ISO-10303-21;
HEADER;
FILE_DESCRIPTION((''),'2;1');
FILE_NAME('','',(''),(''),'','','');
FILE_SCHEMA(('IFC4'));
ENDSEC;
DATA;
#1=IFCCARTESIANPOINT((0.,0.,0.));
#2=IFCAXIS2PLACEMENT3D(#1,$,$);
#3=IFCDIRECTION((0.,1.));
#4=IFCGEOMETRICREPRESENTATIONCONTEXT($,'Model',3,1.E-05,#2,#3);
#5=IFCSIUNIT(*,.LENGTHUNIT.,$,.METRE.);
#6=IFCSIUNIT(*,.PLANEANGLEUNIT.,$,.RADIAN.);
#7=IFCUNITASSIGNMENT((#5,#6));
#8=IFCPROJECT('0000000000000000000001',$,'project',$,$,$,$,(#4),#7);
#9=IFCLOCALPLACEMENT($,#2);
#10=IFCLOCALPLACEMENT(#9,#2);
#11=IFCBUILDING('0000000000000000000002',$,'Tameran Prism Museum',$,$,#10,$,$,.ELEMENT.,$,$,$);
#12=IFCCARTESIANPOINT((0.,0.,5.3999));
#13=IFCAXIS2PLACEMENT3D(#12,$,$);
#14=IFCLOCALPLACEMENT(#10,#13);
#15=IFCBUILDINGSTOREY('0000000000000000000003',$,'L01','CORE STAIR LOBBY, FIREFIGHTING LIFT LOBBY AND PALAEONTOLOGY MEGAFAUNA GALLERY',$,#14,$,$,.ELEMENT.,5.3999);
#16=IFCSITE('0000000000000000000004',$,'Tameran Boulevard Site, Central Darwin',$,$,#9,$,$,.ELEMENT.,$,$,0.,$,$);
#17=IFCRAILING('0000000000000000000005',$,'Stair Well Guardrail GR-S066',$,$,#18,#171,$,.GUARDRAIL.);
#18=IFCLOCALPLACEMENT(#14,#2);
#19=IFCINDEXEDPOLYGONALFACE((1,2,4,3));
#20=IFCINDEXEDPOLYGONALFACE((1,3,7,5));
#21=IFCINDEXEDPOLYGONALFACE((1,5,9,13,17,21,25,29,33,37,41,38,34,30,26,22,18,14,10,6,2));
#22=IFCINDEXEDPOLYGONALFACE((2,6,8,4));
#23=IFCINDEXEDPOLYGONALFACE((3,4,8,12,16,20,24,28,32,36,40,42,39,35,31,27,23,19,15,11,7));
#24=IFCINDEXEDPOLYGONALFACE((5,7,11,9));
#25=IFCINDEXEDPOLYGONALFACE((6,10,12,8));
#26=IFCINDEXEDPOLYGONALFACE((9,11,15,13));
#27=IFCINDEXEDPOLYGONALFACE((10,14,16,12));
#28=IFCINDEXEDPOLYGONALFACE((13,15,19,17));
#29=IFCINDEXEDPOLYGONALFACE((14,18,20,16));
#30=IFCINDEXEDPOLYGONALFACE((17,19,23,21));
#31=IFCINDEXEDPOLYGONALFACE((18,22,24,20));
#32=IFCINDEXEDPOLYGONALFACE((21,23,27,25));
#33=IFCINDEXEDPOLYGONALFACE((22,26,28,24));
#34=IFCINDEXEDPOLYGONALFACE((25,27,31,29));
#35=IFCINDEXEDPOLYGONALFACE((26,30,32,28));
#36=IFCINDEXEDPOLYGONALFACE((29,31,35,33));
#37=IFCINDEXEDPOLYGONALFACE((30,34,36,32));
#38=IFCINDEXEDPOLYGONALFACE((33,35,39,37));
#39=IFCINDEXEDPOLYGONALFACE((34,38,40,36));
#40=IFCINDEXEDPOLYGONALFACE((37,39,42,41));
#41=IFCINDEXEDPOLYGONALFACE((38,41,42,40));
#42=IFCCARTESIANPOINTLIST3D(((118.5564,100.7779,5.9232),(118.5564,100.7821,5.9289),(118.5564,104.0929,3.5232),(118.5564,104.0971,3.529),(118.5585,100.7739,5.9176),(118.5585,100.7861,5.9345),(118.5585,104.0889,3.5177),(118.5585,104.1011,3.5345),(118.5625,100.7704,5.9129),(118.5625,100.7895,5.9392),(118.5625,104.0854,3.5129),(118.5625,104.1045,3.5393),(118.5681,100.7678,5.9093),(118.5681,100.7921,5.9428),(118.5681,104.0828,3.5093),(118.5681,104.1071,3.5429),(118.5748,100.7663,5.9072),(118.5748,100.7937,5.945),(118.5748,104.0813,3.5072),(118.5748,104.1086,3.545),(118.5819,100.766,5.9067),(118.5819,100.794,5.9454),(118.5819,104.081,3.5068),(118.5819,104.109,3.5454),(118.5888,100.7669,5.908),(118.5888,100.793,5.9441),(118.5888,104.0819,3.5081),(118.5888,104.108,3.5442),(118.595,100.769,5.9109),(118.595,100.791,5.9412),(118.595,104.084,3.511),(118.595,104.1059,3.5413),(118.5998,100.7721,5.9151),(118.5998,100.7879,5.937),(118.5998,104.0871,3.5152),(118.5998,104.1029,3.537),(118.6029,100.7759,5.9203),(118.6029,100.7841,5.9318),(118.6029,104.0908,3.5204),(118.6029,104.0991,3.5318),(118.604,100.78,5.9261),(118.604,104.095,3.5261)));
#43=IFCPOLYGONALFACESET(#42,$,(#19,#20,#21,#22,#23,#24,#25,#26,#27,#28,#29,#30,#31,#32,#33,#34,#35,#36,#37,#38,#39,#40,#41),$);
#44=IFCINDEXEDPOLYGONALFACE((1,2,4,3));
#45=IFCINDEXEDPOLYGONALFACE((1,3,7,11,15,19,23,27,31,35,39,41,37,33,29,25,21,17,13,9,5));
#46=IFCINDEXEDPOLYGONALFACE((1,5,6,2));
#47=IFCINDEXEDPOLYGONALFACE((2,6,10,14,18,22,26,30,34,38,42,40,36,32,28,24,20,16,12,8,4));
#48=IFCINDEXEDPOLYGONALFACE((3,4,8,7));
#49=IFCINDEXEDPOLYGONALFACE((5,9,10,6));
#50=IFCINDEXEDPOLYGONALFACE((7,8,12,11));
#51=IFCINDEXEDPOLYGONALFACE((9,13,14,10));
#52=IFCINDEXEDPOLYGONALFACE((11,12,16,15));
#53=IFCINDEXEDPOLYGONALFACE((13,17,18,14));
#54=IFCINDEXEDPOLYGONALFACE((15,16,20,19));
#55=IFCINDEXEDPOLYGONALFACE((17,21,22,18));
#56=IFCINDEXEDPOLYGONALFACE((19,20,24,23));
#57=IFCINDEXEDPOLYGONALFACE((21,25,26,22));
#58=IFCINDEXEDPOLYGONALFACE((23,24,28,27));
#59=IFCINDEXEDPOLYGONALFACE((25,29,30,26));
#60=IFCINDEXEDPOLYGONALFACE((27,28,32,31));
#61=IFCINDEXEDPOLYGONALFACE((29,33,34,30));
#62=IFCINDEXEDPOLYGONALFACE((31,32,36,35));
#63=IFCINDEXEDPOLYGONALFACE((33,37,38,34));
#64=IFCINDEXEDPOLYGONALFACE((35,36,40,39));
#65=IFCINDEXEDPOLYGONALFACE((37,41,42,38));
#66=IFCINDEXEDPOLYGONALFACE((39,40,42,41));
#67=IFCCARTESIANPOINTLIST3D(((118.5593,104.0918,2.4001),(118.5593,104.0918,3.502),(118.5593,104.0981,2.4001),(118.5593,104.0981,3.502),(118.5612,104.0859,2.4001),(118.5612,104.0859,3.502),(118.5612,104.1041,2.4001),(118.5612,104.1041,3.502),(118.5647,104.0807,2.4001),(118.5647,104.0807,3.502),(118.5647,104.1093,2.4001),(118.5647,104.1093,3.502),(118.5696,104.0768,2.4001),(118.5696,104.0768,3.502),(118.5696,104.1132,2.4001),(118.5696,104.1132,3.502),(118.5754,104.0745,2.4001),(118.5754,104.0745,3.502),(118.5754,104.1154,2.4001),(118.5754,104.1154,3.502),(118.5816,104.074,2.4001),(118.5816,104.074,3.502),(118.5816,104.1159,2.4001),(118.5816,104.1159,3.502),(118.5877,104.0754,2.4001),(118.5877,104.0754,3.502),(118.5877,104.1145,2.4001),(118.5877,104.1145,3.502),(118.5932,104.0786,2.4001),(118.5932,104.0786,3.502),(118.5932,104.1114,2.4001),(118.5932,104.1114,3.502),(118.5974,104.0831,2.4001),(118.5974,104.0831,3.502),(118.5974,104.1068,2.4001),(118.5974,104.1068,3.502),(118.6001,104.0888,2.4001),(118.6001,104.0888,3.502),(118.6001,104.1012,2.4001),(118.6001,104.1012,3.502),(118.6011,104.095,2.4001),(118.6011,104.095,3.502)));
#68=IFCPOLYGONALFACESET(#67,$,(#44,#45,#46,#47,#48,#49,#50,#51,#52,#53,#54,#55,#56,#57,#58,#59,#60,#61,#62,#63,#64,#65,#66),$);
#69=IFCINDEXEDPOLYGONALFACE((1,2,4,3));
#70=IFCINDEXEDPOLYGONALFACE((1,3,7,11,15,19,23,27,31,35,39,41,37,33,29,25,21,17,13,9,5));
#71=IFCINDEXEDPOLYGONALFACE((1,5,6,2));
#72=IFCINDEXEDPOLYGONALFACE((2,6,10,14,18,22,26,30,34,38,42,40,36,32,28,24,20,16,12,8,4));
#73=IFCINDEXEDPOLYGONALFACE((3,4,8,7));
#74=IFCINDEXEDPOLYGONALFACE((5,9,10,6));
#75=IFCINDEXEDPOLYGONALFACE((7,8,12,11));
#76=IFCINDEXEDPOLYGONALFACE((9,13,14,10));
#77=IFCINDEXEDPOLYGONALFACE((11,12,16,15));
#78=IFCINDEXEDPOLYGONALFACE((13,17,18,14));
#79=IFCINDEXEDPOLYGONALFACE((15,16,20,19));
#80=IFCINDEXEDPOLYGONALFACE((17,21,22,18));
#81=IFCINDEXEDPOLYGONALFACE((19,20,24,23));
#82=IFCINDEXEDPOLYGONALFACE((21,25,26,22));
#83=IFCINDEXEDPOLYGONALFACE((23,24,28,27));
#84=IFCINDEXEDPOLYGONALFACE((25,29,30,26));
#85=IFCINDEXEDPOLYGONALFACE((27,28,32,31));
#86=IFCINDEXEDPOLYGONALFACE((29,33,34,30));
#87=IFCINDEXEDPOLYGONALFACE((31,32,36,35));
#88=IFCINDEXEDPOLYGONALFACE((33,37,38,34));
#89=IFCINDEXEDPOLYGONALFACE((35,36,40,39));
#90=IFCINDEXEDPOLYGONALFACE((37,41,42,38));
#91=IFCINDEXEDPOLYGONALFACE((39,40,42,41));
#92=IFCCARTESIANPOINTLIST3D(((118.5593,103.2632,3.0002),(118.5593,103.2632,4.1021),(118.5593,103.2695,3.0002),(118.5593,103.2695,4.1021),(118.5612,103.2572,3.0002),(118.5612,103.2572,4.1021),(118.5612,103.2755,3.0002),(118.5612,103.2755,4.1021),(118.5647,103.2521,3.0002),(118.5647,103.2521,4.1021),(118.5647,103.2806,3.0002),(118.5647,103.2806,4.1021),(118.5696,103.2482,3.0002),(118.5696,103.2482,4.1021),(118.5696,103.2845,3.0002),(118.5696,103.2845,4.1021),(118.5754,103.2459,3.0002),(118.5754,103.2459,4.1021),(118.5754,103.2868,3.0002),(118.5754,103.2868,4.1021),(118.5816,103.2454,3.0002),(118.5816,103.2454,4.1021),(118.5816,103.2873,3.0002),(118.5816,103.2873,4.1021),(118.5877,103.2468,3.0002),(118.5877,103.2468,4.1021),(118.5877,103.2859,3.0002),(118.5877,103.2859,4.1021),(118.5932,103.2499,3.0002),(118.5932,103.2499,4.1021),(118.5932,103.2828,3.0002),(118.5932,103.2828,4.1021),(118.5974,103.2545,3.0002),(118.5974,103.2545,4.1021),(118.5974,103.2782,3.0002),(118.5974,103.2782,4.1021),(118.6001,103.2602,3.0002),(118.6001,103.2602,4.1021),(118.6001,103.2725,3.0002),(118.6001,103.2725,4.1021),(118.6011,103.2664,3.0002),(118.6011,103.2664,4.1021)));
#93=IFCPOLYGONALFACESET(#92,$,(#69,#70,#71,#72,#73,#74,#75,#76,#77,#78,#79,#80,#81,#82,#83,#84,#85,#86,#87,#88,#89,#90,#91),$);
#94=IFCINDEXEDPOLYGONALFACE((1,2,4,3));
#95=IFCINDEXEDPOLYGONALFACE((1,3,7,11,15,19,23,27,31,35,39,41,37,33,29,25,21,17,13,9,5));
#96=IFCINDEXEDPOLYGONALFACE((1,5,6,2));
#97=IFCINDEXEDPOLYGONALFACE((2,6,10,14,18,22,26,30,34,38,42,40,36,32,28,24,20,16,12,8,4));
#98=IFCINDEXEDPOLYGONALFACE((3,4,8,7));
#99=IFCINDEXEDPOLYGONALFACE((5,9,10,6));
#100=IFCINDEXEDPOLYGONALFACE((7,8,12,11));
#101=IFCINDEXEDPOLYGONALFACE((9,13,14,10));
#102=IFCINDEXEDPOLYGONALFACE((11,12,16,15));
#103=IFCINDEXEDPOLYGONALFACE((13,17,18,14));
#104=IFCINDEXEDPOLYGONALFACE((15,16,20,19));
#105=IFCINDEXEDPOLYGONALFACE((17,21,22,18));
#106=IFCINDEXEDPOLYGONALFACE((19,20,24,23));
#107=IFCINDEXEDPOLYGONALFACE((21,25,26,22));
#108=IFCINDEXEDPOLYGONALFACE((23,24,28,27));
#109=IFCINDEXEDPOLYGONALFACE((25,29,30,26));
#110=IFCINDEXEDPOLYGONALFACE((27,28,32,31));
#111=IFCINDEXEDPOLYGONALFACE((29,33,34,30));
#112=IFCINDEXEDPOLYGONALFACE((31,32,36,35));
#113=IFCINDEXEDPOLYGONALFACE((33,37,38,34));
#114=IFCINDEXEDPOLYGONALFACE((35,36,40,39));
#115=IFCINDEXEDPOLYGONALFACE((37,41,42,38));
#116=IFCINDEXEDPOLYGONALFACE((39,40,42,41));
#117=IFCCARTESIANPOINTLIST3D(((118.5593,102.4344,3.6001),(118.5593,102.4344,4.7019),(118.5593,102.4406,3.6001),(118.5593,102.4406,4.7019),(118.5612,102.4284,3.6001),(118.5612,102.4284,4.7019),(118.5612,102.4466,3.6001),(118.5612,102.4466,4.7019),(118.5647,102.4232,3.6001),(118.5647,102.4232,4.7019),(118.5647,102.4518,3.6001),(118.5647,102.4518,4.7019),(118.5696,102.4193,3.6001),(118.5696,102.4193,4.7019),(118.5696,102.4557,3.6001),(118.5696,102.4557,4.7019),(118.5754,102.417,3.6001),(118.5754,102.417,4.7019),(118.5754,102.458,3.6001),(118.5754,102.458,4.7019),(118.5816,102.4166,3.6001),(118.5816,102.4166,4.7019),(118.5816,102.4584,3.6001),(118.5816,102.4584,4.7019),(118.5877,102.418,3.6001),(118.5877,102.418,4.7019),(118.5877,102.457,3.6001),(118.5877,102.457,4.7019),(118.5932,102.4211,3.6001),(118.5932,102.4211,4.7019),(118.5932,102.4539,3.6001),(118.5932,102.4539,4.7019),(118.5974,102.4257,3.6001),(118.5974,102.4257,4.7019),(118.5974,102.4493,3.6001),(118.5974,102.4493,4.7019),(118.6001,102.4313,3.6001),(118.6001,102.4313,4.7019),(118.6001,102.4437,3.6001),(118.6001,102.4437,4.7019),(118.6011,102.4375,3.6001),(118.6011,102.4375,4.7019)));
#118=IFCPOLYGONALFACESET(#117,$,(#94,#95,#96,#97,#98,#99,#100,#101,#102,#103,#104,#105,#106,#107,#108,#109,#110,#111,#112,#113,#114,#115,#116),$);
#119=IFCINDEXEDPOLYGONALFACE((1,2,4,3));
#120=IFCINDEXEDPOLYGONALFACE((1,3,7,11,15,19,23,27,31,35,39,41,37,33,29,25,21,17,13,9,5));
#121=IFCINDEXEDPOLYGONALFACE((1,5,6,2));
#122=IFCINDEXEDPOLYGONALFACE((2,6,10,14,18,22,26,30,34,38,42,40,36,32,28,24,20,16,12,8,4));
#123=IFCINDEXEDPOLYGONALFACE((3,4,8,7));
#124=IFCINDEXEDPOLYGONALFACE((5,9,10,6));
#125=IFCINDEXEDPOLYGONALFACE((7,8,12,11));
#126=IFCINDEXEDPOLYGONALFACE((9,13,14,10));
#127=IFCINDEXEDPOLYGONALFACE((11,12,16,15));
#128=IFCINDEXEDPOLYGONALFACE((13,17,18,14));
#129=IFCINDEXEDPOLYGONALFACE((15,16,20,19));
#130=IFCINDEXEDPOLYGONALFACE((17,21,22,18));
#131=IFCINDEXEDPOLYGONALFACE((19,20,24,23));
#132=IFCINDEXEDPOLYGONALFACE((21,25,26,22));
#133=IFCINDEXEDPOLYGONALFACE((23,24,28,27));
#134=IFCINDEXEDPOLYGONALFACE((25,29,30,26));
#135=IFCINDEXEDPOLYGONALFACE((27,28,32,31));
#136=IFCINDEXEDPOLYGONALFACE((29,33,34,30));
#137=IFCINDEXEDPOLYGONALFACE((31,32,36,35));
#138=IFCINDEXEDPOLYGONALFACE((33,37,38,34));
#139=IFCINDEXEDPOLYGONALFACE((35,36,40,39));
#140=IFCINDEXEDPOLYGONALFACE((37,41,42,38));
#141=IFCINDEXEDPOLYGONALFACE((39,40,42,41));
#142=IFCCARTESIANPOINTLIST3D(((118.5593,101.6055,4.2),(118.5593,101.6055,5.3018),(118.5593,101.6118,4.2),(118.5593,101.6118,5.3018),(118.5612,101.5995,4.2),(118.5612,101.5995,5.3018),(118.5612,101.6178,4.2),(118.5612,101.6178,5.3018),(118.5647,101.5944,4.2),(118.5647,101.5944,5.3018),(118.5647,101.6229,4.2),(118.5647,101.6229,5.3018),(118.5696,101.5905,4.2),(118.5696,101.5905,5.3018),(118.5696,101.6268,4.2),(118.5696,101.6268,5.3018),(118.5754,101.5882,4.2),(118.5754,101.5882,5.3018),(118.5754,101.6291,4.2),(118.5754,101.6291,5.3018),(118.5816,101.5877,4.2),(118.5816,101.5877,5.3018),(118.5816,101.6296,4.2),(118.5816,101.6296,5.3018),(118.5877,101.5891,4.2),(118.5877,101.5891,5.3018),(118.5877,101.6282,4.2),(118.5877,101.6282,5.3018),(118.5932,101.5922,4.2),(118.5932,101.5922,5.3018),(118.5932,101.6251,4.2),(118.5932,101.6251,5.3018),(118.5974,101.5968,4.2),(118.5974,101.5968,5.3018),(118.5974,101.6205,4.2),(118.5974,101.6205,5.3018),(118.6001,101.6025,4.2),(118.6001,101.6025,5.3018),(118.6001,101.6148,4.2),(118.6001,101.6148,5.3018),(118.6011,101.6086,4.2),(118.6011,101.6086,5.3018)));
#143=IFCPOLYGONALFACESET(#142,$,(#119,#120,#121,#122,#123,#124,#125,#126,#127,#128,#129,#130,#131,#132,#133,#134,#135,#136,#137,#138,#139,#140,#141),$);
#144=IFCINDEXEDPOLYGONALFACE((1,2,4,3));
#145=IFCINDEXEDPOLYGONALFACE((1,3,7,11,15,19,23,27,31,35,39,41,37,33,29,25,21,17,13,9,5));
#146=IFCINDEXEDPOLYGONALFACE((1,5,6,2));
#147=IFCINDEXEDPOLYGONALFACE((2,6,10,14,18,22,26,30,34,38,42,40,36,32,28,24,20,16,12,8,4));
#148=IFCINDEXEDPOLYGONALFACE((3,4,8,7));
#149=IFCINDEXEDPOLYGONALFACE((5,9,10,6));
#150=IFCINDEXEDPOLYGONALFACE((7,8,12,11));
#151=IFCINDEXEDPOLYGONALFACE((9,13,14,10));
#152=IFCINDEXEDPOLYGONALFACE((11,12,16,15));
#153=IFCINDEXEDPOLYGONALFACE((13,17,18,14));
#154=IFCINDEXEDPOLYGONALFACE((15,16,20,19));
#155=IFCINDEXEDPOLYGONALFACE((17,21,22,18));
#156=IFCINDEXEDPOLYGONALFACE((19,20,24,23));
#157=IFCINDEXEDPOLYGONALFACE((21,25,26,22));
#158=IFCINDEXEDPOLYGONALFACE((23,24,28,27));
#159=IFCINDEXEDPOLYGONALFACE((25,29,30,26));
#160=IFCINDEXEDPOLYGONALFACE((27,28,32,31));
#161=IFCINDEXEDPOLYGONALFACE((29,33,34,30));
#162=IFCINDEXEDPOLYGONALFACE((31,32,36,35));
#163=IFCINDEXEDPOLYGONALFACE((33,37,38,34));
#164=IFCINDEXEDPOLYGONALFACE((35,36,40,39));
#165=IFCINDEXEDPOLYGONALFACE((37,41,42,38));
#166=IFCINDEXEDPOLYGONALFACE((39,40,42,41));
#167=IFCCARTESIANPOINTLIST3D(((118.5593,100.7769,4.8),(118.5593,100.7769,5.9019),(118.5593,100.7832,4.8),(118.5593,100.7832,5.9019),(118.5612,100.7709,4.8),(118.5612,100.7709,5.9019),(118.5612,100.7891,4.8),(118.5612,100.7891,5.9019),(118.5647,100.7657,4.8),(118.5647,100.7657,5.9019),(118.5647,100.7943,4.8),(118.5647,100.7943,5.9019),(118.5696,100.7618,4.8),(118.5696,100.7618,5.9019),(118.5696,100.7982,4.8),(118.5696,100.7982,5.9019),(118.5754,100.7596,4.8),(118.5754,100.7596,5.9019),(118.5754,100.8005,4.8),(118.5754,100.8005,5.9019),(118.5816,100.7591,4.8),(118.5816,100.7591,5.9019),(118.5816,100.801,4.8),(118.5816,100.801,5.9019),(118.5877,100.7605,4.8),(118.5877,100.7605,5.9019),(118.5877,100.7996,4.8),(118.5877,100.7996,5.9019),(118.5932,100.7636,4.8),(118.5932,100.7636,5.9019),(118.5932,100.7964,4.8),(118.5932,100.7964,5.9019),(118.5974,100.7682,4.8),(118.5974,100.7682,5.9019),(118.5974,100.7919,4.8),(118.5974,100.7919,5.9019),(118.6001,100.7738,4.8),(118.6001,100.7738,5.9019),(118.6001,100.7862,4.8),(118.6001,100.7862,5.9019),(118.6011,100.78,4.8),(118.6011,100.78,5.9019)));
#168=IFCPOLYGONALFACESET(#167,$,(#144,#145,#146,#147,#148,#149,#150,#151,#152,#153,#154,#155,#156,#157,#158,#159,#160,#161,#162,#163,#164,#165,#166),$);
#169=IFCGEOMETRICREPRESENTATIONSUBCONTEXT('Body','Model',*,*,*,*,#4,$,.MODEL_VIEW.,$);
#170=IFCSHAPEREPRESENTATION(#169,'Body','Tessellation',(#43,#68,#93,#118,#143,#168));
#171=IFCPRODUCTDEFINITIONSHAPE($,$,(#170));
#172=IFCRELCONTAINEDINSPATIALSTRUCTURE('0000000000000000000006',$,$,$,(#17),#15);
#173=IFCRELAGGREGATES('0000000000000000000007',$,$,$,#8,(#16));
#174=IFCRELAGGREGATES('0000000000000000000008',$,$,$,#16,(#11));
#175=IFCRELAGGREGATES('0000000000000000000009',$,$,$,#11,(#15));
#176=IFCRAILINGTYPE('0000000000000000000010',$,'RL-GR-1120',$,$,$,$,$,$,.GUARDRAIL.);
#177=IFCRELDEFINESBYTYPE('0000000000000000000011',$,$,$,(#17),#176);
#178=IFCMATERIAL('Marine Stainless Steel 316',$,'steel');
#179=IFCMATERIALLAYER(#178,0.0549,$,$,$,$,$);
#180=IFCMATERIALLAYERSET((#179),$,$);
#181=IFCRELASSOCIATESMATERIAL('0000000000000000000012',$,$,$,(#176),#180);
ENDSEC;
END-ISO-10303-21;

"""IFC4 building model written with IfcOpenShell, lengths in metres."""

from ifc_helpers import new_model, si_unit, direction, frame, origin, origin_2d, place, context, subcontext, project, spatial, circle, extrude, material, layer, layer_set, type_object, element, save


model = new_model("IFC4")

# Units and contexts
model_context = context("Model", 3, precision=1e-05, world=origin(), true_north=direction((0.0, 1.0)))
body_context = subcontext(model_context, "Body", "Model", "MODEL_VIEW")
ifc_project = project(units=[si_unit("LENGTHUNIT", "METRE"), si_unit("PLANEANGLEUNIT", "RADIAN")], contexts=[model_context])

# Site, building, storey
site_placement = place(None, origin())
site = spatial("IfcSite", under=ifc_project, at=site_placement, Name="Tameran Boulevard Site, Central Darwin", CompositionType="ELEMENT", RefElevation=0.0)
building_placement = place(site_placement, origin())
building = spatial("IfcBuilding", under=site, at=building_placement, Name="Tameran Prism Museum", CompositionType="ELEMENT")
storey_placement = place(building_placement, frame((0.0, 0.0, 5.3999)))
storey = spatial("IfcBuildingStorey", under=building, at=storey_placement, Name="L01", Description="CORE STAIR LOBBY, FIREFIGHTING LIFT LOBBY AND PALAEONTOLOGY MEGAFAUNA GALLERY", CompositionType="ELEMENT", Elevation=5.3999)

# Railing
ifc_material_1 = material(Name="Marine Stainless Steel 316", Category="steel")
ifc_layer_1 = layer(ifc_material_1, 0.0549)
ifc_layer_set_1 = layer_set([ifc_layer_1])
railing_type_1 = type_object("IfcRailingType", Name="RL-GR-1120", PredefinedType="GUARDRAIL", material=ifc_layer_set_1)
railing_1_placement = place(storey_placement, frame((118.5801, 104.095, 2.4001)))
element("IfcRailing", 1, at=railing_1_placement, inside=storey, type_object=railing_type_1, Name="Stair Well Guardrail GR-S066", PredefinedType="GUARDRAIL", context=body_context, shape_type="SweptSolid", body=[
    extrude(circle(Radius=0.0239, at=origin_2d()), frame((0.0, 0.0, 1.126), z_axis=(0.0, -0.810009, 0.586418), x_axis=(1.0, 0.0, 0.0)), (0.0, 0.0, 1.0), 4.0925),
    extrude(circle(Radius=0.021, at=origin_2d()), origin(), (0.0, 0.0, 1.0), 1.1018),
    extrude(circle(Radius=0.021, at=origin_2d()), frame((0.0, -0.8286, 0.6001)), (0.0, 0.0, 1.0), 1.1018),
    extrude(circle(Radius=0.021, at=origin_2d()), frame((0.0, -1.6575, 1.2)), (0.0, 0.0, 1.0), 1.1018),
    extrude(circle(Radius=0.021, at=origin_2d()), frame((0.0, -2.4863, 1.7998)), (0.0, 0.0, 1.0), 1.1018),
    extrude(circle(Radius=0.021, at=origin_2d()), frame((0.0, -3.3149, 2.3999)), (0.0, 0.0, 1.0), 1.1018),
])

save(model, "model.ifc")
